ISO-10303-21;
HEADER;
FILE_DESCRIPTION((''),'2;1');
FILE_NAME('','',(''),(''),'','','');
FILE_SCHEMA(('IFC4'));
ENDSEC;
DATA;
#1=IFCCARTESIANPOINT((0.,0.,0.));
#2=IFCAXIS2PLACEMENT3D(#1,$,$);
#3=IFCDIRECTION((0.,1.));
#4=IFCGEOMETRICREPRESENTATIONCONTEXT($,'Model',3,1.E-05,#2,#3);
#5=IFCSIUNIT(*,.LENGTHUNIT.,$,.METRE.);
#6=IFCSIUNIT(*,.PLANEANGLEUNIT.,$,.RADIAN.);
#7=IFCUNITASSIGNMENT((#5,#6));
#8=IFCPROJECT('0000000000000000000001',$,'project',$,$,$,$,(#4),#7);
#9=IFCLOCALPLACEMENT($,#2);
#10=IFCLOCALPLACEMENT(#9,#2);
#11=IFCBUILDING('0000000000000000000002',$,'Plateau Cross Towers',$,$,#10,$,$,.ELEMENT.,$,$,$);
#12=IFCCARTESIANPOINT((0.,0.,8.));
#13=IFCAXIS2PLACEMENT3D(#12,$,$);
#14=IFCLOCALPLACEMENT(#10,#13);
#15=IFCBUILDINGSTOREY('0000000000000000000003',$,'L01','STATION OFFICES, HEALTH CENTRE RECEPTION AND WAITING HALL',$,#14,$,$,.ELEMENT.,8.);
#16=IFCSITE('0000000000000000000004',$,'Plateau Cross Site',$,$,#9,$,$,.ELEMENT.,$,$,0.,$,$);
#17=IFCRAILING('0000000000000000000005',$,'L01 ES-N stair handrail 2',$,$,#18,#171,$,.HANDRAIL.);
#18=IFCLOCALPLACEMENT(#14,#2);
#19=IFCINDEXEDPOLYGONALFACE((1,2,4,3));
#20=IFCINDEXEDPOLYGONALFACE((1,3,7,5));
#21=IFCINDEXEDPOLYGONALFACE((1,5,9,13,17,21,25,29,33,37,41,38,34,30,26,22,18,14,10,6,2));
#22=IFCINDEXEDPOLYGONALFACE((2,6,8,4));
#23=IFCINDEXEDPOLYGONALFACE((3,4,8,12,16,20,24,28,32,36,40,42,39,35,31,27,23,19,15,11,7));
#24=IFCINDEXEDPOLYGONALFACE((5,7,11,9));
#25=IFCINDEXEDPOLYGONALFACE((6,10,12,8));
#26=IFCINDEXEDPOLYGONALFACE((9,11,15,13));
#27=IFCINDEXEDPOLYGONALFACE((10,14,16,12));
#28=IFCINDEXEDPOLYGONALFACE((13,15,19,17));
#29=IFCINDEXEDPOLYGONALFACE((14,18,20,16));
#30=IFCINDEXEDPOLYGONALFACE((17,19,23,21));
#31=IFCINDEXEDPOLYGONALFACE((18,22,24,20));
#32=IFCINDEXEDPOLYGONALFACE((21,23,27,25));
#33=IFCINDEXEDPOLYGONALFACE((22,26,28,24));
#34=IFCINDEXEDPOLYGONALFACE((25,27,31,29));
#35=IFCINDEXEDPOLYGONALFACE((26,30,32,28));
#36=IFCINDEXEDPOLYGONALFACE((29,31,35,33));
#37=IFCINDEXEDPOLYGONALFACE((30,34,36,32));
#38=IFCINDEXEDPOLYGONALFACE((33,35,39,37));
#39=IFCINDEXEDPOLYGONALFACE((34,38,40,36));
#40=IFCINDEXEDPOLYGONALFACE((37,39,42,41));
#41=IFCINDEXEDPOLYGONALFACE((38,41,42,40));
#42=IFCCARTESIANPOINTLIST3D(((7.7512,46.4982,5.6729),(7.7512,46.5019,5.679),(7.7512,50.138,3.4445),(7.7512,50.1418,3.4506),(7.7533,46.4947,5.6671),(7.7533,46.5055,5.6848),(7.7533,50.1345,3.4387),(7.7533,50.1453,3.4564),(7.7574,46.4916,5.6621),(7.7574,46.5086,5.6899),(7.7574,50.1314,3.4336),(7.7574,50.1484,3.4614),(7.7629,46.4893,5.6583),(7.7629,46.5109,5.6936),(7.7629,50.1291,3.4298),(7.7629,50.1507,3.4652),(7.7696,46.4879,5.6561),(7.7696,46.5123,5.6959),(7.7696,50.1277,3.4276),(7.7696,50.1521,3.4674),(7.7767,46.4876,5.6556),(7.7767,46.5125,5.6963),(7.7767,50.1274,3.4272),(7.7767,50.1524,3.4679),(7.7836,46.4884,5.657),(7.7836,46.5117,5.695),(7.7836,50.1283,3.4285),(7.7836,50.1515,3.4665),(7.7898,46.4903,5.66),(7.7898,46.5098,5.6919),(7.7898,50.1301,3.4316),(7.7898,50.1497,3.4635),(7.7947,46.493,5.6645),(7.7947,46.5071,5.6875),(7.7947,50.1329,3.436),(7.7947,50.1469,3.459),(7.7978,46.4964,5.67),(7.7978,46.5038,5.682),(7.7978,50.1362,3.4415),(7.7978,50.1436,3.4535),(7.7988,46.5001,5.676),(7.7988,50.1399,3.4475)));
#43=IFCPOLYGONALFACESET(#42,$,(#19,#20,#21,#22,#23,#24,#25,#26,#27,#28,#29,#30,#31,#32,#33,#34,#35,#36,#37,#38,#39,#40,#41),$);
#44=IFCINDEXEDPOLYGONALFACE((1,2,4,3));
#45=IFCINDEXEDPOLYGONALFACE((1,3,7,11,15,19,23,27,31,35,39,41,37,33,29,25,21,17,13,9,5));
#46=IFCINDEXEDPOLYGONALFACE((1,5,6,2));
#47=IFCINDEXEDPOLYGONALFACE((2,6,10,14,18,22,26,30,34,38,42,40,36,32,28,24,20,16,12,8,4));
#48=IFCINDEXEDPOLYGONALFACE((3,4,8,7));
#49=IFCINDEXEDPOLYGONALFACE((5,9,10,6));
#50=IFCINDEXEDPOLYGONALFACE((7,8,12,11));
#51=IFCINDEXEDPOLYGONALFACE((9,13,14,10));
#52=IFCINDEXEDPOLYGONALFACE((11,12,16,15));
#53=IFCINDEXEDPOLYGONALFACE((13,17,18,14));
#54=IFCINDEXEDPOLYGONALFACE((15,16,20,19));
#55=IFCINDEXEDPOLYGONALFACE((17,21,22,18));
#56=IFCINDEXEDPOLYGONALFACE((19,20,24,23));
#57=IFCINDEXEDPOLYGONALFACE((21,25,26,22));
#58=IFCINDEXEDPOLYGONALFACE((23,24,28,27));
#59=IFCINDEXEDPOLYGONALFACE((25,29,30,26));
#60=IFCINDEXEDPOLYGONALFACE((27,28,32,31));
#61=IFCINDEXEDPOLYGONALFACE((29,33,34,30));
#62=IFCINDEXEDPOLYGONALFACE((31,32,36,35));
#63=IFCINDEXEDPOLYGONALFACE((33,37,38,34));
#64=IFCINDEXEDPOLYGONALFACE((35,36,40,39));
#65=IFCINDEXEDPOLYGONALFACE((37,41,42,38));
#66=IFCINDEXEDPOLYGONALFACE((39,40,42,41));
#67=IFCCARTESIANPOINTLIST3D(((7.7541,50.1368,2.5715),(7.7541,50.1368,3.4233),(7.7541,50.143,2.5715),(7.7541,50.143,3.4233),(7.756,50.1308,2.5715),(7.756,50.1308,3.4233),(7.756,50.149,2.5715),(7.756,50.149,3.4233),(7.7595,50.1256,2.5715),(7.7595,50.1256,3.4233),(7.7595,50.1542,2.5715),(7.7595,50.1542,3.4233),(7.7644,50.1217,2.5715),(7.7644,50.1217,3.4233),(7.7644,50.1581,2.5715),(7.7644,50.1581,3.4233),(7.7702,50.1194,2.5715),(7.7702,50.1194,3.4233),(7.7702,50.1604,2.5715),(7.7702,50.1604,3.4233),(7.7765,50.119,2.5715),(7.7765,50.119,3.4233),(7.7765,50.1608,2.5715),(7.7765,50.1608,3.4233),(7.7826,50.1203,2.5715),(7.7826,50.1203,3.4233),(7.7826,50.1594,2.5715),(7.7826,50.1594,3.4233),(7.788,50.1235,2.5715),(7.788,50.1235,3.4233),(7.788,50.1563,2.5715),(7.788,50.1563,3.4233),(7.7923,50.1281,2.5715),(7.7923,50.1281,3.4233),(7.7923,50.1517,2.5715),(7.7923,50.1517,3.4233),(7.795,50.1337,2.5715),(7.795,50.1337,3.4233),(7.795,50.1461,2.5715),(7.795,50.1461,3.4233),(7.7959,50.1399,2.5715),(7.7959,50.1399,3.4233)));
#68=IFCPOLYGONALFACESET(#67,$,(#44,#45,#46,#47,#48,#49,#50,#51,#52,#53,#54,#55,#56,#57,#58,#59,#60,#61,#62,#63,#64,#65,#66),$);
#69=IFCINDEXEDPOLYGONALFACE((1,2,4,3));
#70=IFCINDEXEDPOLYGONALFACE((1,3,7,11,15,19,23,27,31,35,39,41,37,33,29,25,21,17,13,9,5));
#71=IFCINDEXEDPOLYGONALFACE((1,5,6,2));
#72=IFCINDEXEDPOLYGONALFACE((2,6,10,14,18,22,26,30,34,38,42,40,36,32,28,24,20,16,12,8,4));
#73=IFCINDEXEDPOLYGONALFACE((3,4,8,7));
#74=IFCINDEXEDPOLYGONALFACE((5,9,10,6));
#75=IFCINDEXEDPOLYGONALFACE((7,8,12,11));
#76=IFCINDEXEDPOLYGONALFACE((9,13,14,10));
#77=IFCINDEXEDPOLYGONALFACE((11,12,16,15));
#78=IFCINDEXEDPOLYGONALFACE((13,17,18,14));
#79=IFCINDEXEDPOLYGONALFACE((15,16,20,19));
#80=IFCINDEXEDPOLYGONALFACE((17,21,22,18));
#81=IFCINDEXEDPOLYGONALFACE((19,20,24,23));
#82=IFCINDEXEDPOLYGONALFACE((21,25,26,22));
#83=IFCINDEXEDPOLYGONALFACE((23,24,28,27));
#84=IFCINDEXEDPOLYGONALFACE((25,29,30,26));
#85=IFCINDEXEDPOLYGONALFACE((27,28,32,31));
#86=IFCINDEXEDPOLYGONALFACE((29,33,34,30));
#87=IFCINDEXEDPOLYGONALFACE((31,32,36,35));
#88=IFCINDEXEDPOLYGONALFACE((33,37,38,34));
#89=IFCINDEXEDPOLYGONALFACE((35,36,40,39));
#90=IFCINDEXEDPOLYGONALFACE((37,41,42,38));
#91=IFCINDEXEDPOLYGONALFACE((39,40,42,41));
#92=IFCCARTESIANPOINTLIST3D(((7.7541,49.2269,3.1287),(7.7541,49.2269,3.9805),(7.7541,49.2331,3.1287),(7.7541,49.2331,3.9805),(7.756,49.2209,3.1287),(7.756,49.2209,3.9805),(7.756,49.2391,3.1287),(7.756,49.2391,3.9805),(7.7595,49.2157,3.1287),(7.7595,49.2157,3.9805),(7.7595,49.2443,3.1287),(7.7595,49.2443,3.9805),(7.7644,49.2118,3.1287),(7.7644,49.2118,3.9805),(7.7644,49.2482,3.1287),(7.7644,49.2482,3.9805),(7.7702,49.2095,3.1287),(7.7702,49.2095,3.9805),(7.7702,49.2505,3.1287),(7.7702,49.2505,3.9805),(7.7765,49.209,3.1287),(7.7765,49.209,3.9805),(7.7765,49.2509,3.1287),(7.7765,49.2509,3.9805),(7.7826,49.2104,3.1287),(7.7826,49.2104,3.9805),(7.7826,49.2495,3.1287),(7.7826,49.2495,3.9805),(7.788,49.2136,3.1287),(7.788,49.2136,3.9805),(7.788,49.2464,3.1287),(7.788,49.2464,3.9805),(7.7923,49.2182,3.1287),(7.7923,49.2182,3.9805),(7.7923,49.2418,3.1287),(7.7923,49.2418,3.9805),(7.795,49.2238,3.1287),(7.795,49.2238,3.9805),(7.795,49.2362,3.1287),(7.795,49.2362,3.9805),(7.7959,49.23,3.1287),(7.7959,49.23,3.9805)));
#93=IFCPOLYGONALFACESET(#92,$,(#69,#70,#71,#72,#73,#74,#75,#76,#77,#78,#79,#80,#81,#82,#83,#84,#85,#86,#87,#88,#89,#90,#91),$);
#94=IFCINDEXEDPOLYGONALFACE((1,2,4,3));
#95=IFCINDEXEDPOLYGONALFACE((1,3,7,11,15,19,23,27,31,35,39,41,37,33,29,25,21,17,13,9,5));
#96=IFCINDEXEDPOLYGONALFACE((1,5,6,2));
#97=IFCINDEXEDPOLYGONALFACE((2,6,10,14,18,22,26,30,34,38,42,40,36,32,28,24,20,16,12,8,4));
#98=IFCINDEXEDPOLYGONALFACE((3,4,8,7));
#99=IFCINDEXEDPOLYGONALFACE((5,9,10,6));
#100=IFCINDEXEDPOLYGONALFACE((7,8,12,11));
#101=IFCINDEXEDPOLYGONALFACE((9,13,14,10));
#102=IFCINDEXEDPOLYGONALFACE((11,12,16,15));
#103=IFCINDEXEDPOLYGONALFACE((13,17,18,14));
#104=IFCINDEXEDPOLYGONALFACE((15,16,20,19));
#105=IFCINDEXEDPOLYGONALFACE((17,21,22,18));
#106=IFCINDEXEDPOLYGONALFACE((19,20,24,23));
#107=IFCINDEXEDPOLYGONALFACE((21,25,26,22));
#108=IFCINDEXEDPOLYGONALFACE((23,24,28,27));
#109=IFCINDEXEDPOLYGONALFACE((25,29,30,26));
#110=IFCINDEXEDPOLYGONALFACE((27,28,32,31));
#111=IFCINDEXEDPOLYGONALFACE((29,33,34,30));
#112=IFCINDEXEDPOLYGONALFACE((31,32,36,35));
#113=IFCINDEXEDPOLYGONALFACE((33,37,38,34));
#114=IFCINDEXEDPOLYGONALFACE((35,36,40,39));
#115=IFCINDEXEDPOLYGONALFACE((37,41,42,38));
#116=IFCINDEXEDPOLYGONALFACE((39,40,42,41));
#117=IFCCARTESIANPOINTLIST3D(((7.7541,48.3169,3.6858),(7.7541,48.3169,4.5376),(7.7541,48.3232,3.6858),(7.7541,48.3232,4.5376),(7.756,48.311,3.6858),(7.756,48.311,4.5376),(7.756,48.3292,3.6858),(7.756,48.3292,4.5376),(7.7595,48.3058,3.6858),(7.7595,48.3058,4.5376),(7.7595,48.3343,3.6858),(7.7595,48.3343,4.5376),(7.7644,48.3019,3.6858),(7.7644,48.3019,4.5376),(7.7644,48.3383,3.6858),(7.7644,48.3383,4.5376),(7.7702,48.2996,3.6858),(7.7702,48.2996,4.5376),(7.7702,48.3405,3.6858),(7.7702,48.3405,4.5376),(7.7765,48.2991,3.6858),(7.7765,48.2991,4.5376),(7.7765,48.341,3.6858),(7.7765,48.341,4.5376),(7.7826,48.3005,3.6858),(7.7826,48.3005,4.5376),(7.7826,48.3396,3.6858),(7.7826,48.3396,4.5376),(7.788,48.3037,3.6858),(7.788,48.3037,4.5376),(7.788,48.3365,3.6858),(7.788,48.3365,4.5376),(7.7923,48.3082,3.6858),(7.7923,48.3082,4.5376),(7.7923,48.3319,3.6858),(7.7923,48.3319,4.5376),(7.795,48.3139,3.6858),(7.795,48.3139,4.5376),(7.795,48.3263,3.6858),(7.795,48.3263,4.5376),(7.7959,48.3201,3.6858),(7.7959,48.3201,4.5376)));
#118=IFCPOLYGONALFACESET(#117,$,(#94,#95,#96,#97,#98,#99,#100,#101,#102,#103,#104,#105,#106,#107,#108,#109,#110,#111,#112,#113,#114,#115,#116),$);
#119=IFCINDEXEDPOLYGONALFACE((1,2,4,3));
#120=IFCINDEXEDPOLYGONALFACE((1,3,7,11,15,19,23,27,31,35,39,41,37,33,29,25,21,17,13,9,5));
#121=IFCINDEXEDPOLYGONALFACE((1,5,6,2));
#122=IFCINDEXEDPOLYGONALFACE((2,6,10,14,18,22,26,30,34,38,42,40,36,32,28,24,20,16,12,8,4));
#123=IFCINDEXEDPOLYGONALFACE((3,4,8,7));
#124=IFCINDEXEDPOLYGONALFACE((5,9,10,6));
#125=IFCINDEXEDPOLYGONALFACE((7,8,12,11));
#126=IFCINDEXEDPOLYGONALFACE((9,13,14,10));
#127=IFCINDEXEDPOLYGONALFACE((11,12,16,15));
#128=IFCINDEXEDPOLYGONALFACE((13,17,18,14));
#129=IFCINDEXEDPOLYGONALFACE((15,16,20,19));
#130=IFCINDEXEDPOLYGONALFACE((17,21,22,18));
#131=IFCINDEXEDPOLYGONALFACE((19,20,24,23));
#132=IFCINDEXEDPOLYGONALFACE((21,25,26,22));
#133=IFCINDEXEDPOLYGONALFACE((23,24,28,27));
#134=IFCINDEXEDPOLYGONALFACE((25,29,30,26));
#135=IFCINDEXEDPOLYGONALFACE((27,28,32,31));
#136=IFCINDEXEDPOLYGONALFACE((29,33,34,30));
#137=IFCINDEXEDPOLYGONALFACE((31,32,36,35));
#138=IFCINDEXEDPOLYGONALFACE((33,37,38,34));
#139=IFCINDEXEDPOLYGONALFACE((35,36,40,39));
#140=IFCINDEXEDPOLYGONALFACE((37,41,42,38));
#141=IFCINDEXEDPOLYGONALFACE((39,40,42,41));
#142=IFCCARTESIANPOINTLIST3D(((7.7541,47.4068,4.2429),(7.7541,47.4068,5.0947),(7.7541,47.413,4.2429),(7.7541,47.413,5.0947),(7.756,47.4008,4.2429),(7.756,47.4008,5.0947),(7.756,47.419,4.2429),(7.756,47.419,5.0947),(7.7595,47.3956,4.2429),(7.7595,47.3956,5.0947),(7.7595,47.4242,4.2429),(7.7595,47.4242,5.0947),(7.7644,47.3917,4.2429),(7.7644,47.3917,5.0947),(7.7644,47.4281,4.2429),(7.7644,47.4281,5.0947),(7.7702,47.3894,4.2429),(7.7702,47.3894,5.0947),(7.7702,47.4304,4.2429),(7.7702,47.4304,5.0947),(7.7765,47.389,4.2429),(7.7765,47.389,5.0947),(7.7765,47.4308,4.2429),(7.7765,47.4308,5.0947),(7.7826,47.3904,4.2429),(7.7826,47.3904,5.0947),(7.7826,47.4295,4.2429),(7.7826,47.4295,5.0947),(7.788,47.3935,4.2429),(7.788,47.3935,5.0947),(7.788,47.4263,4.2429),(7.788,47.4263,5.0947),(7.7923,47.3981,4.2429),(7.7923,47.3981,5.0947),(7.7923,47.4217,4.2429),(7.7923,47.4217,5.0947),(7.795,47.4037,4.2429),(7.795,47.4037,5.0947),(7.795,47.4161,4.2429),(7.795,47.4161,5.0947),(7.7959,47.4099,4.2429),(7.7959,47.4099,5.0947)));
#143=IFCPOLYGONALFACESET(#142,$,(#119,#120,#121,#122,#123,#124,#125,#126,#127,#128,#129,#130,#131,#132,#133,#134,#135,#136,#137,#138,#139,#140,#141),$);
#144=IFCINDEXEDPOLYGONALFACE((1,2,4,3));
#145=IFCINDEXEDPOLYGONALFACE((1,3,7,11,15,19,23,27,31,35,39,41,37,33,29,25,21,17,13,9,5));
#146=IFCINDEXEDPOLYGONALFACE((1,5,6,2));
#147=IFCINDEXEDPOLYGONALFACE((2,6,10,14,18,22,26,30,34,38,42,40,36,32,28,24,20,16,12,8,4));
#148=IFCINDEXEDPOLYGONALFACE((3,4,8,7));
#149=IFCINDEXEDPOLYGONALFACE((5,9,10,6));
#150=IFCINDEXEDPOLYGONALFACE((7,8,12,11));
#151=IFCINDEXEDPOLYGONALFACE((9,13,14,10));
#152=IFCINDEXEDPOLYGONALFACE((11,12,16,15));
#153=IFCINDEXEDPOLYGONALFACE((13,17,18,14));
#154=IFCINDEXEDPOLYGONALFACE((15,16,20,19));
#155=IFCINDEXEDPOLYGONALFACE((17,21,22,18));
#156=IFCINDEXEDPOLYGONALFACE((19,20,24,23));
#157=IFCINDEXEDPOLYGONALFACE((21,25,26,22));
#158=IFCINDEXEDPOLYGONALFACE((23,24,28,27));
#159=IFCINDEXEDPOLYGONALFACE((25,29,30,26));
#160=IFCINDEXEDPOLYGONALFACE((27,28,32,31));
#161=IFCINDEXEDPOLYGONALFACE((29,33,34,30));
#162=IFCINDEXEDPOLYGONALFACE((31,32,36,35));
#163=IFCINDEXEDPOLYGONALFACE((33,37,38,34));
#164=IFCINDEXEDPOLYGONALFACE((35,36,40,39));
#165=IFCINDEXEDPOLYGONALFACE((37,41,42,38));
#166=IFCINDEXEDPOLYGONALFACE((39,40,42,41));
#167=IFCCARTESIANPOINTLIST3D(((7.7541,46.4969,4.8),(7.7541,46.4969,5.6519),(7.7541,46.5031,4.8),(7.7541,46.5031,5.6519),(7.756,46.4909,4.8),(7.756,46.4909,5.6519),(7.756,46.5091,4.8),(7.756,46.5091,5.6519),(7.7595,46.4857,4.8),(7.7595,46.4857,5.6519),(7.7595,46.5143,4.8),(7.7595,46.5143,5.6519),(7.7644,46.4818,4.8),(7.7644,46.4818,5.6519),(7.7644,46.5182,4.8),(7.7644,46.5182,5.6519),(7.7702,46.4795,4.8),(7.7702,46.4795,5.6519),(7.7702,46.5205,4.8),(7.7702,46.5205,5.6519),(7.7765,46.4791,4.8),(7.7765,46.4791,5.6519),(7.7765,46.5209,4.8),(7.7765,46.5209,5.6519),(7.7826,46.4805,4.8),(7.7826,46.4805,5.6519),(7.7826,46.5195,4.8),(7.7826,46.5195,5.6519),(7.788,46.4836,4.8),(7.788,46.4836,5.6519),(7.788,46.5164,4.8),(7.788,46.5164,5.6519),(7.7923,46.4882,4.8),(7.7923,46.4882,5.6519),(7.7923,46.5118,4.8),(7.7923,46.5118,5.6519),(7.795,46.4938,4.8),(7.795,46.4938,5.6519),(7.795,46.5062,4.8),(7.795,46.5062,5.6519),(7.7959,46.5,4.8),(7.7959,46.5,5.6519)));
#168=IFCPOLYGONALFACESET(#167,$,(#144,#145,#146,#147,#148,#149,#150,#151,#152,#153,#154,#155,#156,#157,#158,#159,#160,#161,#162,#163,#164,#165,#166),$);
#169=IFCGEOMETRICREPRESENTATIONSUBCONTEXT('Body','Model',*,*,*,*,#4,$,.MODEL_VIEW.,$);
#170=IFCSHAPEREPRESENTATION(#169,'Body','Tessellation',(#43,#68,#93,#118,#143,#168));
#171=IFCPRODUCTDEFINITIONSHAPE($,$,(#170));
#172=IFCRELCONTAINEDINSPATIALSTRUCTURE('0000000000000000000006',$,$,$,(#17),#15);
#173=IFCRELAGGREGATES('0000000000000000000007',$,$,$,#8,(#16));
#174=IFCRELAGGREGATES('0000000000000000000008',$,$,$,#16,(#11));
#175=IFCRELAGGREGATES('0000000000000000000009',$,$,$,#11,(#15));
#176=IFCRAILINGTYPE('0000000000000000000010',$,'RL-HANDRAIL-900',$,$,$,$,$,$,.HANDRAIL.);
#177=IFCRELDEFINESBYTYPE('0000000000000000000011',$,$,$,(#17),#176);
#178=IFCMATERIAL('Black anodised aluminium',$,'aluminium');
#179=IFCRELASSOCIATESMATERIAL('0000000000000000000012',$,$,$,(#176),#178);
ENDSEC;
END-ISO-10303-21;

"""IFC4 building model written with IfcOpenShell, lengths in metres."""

from ifc_helpers import new_model, si_unit, direction, frame, origin, origin_2d, place, context, subcontext, project, spatial, circle, extrude, material, type_object, element, save


model = new_model("IFC4")

# Units and contexts
model_context = context("Model", 3, precision=1e-05, world=origin(), true_north=direction((0.0, 1.0)))
body_context = subcontext(model_context, "Body", "Model", "MODEL_VIEW")
ifc_project = project(units=[si_unit("LENGTHUNIT", "METRE"), si_unit("PLANEANGLEUNIT", "RADIAN")], contexts=[model_context])

# Site, building, storey
site_placement = place(None, origin())
site = spatial("IfcSite", under=ifc_project, at=site_placement, Name="Plateau Cross Site", CompositionType="ELEMENT", RefElevation=0.0)
building_placement = place(site_placement, origin())
building = spatial("IfcBuilding", under=site, at=building_placement, Name="Plateau Cross Towers", CompositionType="ELEMENT")
storey_placement = place(building_placement, frame((0.0, 0.0, 8.0)))
storey = spatial("IfcBuildingStorey", under=building, at=storey_placement, Name="L01", Description="STATION OFFICES, HEALTH CENTRE RECEPTION AND WAITING HALL", CompositionType="ELEMENT", Elevation=8.0)

# Shared definitions
ifc_material_1 = material(Name="Black anodised aluminium", Category="aluminium")

# Railing
railing_type_1 = type_object("IfcRailingType", Name="RL-HANDRAIL-900", PredefinedType="HANDRAIL", material=ifc_material_1)
railing_1_placement = place(storey_placement, frame((7.7749, 50.1399, 2.5715)))
element("IfcRailing", 1, at=railing_1_placement, inside=storey, type_object=railing_type_1, Name="L01 ES-N stair handrail 2", PredefinedType="HANDRAIL", context=body_context, shape_type="SweptSolid", body=[
    extrude(circle(Radius=0.0239, at=origin_2d()), frame((0.0, 0.0, 0.876), z_axis=(0.0, -0.85285, 0.522156), x_axis=(1.0, 0.0, 0.0)), (0.0, 0.0, 1.0), 4.2678),
    extrude(circle(Radius=0.021, at=origin_2d()), origin(), (0.0, 0.0, 1.0), 0.8518),
    extrude(circle(Radius=0.021, at=origin_2d()), frame((0.0, -0.9099, 0.5571)), (0.0, 0.0, 1.0), 0.8518),
    extrude(circle(Radius=0.021, at=origin_2d()), frame((0.0, -1.8198, 1.1143)), (0.0, 0.0, 1.0), 0.8518),
    extrude(circle(Radius=0.021, at=origin_2d()), frame((0.0, -2.73, 1.6714)), (0.0, 0.0, 1.0), 0.8518),
    extrude(circle(Radius=0.021, at=origin_2d()), frame((0.0, -3.6399, 2.2285)), (0.0, 0.0, 1.0), 0.8518),
])

save(model, "model.ifc")
